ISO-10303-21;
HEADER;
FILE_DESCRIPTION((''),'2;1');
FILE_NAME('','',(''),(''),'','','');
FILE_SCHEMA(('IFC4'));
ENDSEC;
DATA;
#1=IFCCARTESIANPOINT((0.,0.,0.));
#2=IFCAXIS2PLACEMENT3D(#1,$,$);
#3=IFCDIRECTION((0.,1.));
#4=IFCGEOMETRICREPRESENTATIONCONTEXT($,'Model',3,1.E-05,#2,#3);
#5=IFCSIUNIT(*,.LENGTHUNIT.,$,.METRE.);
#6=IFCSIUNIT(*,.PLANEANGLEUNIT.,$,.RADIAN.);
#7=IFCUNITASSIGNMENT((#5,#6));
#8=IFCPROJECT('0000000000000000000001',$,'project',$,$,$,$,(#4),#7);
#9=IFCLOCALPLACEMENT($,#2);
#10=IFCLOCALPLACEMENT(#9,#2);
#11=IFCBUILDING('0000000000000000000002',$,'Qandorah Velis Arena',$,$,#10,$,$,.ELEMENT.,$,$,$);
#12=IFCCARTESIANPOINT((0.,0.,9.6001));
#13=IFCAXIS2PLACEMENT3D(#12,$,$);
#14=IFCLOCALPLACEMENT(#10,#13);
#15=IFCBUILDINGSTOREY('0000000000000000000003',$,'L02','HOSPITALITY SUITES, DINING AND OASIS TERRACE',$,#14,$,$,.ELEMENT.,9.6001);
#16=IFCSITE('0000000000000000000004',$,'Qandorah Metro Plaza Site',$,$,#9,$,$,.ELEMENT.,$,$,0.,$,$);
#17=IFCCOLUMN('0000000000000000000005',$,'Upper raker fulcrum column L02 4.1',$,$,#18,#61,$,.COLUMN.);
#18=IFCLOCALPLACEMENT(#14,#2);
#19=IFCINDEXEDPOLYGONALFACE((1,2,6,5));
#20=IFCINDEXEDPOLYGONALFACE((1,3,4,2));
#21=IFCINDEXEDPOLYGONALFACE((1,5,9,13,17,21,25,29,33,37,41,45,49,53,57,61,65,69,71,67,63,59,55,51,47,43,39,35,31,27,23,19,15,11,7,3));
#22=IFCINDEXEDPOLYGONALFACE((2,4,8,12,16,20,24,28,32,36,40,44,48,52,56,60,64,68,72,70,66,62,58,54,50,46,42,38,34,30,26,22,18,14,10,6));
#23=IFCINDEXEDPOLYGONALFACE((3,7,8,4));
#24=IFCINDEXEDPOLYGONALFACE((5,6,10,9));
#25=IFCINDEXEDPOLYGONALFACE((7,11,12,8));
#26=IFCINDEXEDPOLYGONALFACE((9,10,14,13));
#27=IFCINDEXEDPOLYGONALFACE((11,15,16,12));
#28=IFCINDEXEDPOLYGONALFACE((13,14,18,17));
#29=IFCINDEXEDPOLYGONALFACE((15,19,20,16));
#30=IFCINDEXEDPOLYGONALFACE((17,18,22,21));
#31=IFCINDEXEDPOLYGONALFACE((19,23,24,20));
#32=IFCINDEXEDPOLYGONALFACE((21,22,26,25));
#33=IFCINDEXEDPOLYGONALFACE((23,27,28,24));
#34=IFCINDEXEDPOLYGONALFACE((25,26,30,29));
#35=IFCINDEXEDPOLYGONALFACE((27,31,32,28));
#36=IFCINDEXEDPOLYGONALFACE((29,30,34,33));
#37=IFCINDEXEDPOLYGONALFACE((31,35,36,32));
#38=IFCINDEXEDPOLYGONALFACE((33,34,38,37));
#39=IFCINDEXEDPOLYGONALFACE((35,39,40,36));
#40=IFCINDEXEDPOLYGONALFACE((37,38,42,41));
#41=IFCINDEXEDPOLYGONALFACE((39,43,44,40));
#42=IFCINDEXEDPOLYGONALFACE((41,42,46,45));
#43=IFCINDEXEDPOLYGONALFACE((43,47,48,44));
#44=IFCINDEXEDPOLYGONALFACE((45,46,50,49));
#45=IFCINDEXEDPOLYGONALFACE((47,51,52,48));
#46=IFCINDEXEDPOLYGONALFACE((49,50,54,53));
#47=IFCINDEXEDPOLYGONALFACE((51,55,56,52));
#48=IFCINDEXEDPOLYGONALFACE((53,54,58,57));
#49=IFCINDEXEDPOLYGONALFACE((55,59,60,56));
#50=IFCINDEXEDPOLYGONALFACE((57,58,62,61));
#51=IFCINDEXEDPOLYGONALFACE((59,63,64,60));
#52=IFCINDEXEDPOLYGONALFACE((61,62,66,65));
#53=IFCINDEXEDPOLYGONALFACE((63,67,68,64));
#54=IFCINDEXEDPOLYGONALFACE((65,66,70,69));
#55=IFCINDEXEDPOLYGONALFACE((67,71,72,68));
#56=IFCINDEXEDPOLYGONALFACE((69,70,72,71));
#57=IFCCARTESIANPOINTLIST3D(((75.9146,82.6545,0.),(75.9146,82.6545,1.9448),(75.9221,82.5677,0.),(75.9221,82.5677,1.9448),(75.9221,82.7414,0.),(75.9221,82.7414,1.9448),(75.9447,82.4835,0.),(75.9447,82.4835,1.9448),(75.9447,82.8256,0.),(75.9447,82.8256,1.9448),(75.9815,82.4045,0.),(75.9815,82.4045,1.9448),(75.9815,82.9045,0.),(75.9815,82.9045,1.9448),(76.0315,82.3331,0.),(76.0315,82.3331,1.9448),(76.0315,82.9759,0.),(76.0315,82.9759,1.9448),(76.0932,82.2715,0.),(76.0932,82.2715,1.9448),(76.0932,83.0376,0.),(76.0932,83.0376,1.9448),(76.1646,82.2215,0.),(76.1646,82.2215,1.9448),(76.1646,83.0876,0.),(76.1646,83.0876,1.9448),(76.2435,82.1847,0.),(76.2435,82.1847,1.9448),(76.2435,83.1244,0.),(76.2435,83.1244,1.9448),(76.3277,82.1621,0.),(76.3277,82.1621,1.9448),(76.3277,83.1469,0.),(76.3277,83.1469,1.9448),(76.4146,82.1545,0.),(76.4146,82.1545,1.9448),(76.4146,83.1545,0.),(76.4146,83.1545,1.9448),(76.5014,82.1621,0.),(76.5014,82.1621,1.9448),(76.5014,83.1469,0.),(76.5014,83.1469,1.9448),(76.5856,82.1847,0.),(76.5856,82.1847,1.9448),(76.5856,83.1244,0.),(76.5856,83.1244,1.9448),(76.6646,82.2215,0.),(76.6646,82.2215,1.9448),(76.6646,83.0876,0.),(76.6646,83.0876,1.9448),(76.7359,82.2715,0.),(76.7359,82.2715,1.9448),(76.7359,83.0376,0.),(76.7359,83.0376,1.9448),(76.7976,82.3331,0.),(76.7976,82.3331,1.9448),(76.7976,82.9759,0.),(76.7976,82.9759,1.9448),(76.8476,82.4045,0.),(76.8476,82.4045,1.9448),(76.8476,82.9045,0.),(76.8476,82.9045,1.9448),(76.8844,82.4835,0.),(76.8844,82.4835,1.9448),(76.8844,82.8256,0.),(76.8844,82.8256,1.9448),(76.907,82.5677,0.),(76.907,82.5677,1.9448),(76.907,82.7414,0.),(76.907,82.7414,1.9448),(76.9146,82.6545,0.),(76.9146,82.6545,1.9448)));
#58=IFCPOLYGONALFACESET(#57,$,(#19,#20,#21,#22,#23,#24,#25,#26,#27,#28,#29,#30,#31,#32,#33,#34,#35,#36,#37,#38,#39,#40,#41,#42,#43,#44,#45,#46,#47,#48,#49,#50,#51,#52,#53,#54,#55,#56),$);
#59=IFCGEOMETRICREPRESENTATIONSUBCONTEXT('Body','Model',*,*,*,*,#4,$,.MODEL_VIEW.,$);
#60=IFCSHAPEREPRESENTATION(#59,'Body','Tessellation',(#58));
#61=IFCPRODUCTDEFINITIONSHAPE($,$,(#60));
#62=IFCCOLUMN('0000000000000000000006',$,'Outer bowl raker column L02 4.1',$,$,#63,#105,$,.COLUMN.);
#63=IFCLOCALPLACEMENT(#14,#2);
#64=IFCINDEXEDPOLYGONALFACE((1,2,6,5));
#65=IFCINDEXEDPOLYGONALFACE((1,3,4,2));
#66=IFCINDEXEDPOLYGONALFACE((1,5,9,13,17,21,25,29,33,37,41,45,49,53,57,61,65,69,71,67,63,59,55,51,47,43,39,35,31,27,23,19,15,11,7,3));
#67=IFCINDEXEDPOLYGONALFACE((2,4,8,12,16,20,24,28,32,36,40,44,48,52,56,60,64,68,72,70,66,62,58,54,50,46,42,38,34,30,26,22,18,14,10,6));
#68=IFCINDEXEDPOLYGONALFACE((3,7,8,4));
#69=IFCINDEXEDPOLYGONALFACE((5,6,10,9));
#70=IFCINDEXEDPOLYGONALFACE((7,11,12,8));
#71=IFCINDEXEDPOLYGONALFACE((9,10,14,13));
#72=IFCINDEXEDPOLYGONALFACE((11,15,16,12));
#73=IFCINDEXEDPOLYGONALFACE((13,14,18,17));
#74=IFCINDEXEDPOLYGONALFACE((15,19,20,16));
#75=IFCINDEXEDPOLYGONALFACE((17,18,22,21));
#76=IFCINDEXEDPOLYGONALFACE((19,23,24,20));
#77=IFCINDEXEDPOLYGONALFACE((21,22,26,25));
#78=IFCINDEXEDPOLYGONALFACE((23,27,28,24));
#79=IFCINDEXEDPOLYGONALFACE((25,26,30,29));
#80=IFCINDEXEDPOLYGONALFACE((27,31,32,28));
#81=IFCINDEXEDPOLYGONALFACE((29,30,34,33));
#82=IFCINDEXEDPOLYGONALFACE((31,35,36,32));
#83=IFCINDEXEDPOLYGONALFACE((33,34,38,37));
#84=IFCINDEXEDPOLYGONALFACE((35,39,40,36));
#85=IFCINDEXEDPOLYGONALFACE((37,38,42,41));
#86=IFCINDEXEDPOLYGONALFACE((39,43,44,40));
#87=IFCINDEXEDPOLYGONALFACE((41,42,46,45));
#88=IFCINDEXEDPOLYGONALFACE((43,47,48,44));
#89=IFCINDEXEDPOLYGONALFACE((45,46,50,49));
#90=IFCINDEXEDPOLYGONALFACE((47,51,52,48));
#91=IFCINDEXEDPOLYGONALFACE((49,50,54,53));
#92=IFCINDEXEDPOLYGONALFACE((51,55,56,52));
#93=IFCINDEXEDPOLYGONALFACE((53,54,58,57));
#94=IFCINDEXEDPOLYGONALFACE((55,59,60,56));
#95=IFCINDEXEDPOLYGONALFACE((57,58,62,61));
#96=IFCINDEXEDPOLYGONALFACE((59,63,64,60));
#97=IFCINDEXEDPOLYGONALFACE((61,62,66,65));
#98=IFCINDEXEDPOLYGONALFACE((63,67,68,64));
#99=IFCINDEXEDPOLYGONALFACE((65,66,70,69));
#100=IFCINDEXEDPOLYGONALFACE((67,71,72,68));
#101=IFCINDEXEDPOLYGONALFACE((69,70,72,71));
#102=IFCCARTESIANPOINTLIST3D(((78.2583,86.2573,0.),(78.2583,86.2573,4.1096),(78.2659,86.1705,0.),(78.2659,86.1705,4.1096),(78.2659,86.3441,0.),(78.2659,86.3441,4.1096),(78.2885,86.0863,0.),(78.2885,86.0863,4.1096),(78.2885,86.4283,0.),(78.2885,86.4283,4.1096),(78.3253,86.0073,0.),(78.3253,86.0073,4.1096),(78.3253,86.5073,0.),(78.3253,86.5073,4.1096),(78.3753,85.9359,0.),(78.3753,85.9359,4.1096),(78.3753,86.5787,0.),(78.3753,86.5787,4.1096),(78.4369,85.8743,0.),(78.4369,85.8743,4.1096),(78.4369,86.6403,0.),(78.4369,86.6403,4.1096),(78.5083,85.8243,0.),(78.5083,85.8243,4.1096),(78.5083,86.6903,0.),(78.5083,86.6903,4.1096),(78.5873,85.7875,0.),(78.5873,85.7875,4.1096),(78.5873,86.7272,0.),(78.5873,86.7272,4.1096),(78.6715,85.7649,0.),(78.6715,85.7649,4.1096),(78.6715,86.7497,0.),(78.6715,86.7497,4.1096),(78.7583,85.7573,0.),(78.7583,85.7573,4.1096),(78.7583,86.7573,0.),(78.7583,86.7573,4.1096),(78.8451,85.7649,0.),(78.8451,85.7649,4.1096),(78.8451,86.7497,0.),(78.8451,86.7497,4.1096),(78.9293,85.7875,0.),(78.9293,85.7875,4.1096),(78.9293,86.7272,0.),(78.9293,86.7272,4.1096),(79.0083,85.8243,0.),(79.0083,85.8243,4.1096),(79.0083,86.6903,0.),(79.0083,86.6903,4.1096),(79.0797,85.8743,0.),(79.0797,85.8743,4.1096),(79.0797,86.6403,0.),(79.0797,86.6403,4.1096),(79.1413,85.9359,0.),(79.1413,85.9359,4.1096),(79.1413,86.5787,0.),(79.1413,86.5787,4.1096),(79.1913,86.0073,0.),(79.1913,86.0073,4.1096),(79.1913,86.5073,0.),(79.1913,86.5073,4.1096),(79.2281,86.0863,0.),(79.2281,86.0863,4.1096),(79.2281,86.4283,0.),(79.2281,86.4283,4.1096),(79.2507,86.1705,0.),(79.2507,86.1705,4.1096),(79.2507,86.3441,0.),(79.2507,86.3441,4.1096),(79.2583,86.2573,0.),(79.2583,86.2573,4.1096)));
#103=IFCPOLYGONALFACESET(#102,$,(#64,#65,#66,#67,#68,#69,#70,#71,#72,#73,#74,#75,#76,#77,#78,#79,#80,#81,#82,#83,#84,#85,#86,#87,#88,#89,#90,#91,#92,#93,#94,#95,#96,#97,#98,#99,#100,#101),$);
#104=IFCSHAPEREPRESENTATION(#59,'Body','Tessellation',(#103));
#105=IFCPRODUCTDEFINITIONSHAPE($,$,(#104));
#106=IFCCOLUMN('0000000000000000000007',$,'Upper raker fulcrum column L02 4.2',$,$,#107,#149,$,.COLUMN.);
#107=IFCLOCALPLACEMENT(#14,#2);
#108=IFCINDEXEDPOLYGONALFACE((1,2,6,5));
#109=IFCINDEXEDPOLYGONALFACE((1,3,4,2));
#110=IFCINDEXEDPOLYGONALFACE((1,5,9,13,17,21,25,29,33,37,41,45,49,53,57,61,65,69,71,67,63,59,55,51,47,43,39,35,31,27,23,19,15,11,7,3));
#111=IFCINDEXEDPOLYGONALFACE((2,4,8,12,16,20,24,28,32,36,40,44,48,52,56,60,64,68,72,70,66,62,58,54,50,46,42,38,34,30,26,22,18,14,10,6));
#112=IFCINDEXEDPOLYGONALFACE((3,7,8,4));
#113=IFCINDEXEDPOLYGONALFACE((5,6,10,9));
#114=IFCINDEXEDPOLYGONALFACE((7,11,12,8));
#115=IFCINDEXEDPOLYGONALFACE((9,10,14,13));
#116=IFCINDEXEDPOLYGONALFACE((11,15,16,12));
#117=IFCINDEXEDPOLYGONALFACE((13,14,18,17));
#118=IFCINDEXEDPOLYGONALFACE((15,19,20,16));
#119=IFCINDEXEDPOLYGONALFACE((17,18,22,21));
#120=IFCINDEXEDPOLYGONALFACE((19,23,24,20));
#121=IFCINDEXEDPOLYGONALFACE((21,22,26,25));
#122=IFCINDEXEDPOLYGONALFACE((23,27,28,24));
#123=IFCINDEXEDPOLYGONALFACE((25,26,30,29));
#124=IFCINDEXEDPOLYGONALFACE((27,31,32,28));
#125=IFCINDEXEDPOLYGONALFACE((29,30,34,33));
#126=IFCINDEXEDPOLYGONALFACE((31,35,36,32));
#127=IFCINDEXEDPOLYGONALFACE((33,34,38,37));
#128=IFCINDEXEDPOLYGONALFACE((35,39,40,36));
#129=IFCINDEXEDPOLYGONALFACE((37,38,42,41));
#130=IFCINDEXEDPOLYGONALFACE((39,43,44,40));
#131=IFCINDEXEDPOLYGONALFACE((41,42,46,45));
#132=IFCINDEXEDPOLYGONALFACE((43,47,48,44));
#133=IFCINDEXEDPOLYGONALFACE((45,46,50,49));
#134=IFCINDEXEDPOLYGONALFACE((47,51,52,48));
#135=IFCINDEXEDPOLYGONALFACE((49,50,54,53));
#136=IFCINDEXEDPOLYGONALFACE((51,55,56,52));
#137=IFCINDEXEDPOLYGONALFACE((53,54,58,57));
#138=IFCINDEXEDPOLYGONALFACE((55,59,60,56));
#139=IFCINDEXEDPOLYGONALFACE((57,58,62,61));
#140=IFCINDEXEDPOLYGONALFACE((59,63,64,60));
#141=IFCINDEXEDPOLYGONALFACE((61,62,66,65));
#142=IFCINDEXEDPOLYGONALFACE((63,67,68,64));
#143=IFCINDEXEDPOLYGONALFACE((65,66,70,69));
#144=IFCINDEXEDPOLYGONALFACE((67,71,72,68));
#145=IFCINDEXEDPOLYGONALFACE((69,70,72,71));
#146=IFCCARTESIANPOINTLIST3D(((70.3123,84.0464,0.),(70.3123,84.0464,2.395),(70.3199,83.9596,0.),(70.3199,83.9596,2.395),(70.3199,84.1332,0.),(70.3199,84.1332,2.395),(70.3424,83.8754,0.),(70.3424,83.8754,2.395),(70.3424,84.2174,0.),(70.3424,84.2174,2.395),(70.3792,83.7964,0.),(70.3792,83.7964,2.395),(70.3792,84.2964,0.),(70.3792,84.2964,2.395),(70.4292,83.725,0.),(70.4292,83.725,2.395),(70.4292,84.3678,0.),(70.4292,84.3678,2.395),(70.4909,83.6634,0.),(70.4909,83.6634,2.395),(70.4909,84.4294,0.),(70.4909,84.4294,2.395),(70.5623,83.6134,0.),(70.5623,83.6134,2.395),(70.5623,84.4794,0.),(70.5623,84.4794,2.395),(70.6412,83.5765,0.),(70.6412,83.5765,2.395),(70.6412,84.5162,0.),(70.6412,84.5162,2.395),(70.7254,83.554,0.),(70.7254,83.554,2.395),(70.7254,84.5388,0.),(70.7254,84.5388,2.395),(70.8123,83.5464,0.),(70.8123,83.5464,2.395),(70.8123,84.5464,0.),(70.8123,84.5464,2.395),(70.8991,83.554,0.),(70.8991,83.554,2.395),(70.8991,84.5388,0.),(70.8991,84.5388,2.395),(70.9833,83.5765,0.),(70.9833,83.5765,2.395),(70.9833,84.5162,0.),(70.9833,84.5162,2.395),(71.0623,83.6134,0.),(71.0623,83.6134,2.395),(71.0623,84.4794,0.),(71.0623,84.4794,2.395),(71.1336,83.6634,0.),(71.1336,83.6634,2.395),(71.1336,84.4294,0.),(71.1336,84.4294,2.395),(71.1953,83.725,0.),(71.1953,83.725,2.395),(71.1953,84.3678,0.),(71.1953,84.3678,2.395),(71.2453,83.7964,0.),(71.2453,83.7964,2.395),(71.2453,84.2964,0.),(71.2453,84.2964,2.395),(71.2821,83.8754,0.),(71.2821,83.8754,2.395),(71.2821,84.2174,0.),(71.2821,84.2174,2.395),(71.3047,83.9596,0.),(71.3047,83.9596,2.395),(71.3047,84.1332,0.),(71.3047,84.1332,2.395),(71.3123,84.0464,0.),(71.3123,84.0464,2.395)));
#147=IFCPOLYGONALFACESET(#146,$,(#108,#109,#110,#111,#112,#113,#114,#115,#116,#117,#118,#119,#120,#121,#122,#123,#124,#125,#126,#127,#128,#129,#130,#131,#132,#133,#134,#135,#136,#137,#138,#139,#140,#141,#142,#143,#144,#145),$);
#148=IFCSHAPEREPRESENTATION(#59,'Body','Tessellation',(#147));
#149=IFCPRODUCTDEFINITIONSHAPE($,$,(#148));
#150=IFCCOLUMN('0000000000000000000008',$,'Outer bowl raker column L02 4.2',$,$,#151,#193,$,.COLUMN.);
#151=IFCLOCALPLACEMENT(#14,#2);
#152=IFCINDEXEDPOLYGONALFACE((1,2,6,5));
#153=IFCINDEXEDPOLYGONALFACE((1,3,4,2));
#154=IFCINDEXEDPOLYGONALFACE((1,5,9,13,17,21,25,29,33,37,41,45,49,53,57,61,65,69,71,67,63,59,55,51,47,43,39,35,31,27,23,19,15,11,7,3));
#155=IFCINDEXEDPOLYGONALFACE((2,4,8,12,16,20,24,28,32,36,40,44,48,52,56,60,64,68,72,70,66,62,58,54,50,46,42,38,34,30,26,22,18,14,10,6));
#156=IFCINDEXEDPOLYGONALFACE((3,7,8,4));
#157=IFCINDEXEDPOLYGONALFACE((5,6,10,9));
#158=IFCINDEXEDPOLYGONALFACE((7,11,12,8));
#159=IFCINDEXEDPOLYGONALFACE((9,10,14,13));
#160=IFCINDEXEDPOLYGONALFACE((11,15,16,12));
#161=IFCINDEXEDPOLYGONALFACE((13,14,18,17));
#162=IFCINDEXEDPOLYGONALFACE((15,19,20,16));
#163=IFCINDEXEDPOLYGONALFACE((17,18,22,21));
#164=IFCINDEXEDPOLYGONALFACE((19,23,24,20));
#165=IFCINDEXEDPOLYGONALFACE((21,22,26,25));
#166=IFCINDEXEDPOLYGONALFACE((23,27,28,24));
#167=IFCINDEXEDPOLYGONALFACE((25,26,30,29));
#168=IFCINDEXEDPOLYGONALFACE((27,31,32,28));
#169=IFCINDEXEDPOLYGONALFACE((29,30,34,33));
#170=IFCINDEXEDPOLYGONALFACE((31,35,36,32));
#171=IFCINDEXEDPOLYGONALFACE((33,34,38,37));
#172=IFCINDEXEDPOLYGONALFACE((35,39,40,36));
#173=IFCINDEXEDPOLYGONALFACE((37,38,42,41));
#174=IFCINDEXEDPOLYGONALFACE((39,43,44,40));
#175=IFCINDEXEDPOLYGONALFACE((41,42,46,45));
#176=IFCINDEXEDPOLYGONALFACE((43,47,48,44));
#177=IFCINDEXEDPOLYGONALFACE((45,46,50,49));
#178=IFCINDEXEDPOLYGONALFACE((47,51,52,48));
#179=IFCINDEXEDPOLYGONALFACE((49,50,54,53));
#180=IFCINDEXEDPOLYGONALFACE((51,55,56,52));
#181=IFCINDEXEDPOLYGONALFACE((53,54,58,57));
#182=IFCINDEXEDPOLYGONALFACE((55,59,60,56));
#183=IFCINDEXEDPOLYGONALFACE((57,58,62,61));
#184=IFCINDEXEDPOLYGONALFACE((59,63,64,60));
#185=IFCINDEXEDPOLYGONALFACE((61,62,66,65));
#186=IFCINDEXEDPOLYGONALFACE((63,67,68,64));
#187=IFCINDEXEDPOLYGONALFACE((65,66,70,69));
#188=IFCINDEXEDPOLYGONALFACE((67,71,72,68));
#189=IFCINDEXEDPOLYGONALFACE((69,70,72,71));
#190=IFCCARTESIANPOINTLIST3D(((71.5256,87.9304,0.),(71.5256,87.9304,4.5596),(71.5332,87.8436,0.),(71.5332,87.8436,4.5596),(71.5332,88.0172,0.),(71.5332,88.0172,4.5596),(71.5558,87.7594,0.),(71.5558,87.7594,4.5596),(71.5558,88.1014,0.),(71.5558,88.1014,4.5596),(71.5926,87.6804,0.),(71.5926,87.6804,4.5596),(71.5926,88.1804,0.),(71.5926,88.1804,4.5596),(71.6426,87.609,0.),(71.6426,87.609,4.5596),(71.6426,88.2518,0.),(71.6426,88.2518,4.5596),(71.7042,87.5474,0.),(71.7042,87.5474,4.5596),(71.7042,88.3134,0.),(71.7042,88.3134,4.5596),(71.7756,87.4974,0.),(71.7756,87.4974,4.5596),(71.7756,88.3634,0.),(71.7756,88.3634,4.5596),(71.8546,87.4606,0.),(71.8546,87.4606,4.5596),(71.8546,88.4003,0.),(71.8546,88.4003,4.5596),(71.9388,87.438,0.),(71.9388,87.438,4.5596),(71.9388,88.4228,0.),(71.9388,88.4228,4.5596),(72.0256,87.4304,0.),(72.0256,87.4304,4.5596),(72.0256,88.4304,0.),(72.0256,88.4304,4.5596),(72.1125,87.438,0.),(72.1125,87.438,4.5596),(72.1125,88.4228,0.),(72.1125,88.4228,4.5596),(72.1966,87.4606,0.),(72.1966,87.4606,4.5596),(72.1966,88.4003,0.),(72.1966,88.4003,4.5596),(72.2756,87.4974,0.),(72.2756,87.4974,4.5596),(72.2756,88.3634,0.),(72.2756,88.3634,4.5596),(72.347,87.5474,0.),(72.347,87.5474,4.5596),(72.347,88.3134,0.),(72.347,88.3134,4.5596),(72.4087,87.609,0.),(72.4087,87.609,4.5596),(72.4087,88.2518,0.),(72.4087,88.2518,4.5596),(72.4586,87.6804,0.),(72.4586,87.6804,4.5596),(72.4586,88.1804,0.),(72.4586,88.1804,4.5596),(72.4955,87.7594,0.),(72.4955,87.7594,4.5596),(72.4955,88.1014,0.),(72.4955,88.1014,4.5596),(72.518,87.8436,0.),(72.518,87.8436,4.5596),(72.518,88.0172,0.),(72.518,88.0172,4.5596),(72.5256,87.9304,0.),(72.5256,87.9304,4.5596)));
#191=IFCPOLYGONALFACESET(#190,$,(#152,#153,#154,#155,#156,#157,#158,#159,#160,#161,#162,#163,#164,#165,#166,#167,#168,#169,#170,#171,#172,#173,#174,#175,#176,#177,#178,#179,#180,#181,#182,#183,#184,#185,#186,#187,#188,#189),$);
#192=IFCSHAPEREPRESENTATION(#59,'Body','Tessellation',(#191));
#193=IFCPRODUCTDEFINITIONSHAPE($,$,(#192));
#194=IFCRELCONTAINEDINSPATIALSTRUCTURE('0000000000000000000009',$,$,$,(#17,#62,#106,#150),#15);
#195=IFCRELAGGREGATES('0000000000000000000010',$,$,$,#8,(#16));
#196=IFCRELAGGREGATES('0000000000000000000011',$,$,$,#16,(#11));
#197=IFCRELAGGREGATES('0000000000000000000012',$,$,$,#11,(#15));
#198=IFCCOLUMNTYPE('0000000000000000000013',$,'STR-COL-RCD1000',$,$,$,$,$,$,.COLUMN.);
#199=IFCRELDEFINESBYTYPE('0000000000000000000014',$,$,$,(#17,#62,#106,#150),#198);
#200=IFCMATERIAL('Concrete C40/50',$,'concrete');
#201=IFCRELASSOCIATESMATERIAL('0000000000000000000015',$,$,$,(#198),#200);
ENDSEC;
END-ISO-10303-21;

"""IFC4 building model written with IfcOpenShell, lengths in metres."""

from ifc_helpers import new_model, si_unit, direction, frame, origin, origin_2d, place, context, subcontext, project, spatial, circle, extrude, material, material_profile, profile_set, type_object, element, save


model = new_model("IFC4")

# Units and contexts
model_context = context("Model", 3, precision=1e-05, world=origin(), true_north=direction((0.0, 1.0)))
body_context = subcontext(model_context, "Body", "Model", "MODEL_VIEW")
ifc_project = project(units=[si_unit("LENGTHUNIT", "METRE"), si_unit("PLANEANGLEUNIT", "RADIAN")], contexts=[model_context])

# Site, building, storey
site_placement = place(None, origin())
site = spatial("IfcSite", under=ifc_project, at=site_placement, Name="Qandorah Metro Plaza Site", CompositionType="ELEMENT", RefElevation=0.0)
building_placement = place(site_placement, origin())
building = spatial("IfcBuilding", under=site, at=building_placement, Name="Qandorah Velis Arena", CompositionType="ELEMENT")
storey_placement = place(building_placement, frame((0.0, 0.0, 9.6001)))
storey = spatial("IfcBuildingStorey", under=building, at=storey_placement, Name="L02", Description="HOSPITALITY SUITES, DINING AND OASIS TERRACE", CompositionType="ELEMENT", Elevation=9.6001)

# Columns
ifc_material_1 = material(Name="Concrete C40/50", Category="concrete")
ifc_material_profile_1 = material_profile(ifc_material_1, circle(Radius=0.5, at=origin_2d()), Name="RC D1000")
ifc_profile_set_1 = profile_set([ifc_material_profile_1], Name="Concrete C40/50")
column_type_1 = type_object("IfcColumnType", Name="STR-COL-RCD1000", PredefinedType="COLUMN", material=ifc_profile_set_1)
column_1_placement = place(storey_placement, frame((76.4146, 82.6545, 0.0), z_axis=(0.0, 0.0, 1.0), x_axis=(1.0, 0.0, 0.0)))
element("IfcColumn", 1, at=column_1_placement, inside=storey, type_object=column_type_1, Name="Upper raker fulcrum column L02 4.1", PredefinedType="COLUMN", context=body_context, shape_type="SweptSolid", body=[
    extrude(circle(Radius=0.5, at=origin_2d()), origin(), (0.0, 0.0, 1.0), 1.9448),
])
column_2_placement = place(storey_placement, frame((78.7583, 86.2573, 0.0), z_axis=(0.0, 0.0, 1.0), x_axis=(1.0, 0.0, 0.0)))
element("IfcColumn", 2, at=column_2_placement, inside=storey, type_object=column_type_1, Name="Outer bowl raker column L02 4.1", PredefinedType="COLUMN", context=body_context, shape_type="SweptSolid", body=[
    extrude(circle(Radius=0.5, at=origin_2d()), origin(), (0.0, 0.0, 1.0), 4.1096),
])
column_3_placement = place(storey_placement, frame((70.8123, 84.0464, 0.0), z_axis=(0.0, 0.0, 1.0), x_axis=(1.0, 0.0, 0.0)))
element("IfcColumn", 3, at=column_3_placement, inside=storey, type_object=column_type_1, Name="Upper raker fulcrum column L02 4.2", PredefinedType="COLUMN", context=body_context, shape_type="SweptSolid", body=[
    extrude(circle(Radius=0.5, at=origin_2d()), origin(), (0.0, 0.0, 1.0), 2.395),
])
column_4_placement = place(storey_placement, frame((72.0256, 87.9304, 0.0), z_axis=(0.0, 0.0, 1.0), x_axis=(1.0, 0.0, 0.0)))
element("IfcColumn", 4, at=column_4_placement, inside=storey, type_object=column_type_1, Name="Outer bowl raker column L02 4.2", PredefinedType="COLUMN", context=body_context, shape_type="SweptSolid", body=[
    extrude(circle(Radius=0.5, at=origin_2d()), origin(), (0.0, 0.0, 1.0), 4.5596),
])

save(model, "model.ifc")
